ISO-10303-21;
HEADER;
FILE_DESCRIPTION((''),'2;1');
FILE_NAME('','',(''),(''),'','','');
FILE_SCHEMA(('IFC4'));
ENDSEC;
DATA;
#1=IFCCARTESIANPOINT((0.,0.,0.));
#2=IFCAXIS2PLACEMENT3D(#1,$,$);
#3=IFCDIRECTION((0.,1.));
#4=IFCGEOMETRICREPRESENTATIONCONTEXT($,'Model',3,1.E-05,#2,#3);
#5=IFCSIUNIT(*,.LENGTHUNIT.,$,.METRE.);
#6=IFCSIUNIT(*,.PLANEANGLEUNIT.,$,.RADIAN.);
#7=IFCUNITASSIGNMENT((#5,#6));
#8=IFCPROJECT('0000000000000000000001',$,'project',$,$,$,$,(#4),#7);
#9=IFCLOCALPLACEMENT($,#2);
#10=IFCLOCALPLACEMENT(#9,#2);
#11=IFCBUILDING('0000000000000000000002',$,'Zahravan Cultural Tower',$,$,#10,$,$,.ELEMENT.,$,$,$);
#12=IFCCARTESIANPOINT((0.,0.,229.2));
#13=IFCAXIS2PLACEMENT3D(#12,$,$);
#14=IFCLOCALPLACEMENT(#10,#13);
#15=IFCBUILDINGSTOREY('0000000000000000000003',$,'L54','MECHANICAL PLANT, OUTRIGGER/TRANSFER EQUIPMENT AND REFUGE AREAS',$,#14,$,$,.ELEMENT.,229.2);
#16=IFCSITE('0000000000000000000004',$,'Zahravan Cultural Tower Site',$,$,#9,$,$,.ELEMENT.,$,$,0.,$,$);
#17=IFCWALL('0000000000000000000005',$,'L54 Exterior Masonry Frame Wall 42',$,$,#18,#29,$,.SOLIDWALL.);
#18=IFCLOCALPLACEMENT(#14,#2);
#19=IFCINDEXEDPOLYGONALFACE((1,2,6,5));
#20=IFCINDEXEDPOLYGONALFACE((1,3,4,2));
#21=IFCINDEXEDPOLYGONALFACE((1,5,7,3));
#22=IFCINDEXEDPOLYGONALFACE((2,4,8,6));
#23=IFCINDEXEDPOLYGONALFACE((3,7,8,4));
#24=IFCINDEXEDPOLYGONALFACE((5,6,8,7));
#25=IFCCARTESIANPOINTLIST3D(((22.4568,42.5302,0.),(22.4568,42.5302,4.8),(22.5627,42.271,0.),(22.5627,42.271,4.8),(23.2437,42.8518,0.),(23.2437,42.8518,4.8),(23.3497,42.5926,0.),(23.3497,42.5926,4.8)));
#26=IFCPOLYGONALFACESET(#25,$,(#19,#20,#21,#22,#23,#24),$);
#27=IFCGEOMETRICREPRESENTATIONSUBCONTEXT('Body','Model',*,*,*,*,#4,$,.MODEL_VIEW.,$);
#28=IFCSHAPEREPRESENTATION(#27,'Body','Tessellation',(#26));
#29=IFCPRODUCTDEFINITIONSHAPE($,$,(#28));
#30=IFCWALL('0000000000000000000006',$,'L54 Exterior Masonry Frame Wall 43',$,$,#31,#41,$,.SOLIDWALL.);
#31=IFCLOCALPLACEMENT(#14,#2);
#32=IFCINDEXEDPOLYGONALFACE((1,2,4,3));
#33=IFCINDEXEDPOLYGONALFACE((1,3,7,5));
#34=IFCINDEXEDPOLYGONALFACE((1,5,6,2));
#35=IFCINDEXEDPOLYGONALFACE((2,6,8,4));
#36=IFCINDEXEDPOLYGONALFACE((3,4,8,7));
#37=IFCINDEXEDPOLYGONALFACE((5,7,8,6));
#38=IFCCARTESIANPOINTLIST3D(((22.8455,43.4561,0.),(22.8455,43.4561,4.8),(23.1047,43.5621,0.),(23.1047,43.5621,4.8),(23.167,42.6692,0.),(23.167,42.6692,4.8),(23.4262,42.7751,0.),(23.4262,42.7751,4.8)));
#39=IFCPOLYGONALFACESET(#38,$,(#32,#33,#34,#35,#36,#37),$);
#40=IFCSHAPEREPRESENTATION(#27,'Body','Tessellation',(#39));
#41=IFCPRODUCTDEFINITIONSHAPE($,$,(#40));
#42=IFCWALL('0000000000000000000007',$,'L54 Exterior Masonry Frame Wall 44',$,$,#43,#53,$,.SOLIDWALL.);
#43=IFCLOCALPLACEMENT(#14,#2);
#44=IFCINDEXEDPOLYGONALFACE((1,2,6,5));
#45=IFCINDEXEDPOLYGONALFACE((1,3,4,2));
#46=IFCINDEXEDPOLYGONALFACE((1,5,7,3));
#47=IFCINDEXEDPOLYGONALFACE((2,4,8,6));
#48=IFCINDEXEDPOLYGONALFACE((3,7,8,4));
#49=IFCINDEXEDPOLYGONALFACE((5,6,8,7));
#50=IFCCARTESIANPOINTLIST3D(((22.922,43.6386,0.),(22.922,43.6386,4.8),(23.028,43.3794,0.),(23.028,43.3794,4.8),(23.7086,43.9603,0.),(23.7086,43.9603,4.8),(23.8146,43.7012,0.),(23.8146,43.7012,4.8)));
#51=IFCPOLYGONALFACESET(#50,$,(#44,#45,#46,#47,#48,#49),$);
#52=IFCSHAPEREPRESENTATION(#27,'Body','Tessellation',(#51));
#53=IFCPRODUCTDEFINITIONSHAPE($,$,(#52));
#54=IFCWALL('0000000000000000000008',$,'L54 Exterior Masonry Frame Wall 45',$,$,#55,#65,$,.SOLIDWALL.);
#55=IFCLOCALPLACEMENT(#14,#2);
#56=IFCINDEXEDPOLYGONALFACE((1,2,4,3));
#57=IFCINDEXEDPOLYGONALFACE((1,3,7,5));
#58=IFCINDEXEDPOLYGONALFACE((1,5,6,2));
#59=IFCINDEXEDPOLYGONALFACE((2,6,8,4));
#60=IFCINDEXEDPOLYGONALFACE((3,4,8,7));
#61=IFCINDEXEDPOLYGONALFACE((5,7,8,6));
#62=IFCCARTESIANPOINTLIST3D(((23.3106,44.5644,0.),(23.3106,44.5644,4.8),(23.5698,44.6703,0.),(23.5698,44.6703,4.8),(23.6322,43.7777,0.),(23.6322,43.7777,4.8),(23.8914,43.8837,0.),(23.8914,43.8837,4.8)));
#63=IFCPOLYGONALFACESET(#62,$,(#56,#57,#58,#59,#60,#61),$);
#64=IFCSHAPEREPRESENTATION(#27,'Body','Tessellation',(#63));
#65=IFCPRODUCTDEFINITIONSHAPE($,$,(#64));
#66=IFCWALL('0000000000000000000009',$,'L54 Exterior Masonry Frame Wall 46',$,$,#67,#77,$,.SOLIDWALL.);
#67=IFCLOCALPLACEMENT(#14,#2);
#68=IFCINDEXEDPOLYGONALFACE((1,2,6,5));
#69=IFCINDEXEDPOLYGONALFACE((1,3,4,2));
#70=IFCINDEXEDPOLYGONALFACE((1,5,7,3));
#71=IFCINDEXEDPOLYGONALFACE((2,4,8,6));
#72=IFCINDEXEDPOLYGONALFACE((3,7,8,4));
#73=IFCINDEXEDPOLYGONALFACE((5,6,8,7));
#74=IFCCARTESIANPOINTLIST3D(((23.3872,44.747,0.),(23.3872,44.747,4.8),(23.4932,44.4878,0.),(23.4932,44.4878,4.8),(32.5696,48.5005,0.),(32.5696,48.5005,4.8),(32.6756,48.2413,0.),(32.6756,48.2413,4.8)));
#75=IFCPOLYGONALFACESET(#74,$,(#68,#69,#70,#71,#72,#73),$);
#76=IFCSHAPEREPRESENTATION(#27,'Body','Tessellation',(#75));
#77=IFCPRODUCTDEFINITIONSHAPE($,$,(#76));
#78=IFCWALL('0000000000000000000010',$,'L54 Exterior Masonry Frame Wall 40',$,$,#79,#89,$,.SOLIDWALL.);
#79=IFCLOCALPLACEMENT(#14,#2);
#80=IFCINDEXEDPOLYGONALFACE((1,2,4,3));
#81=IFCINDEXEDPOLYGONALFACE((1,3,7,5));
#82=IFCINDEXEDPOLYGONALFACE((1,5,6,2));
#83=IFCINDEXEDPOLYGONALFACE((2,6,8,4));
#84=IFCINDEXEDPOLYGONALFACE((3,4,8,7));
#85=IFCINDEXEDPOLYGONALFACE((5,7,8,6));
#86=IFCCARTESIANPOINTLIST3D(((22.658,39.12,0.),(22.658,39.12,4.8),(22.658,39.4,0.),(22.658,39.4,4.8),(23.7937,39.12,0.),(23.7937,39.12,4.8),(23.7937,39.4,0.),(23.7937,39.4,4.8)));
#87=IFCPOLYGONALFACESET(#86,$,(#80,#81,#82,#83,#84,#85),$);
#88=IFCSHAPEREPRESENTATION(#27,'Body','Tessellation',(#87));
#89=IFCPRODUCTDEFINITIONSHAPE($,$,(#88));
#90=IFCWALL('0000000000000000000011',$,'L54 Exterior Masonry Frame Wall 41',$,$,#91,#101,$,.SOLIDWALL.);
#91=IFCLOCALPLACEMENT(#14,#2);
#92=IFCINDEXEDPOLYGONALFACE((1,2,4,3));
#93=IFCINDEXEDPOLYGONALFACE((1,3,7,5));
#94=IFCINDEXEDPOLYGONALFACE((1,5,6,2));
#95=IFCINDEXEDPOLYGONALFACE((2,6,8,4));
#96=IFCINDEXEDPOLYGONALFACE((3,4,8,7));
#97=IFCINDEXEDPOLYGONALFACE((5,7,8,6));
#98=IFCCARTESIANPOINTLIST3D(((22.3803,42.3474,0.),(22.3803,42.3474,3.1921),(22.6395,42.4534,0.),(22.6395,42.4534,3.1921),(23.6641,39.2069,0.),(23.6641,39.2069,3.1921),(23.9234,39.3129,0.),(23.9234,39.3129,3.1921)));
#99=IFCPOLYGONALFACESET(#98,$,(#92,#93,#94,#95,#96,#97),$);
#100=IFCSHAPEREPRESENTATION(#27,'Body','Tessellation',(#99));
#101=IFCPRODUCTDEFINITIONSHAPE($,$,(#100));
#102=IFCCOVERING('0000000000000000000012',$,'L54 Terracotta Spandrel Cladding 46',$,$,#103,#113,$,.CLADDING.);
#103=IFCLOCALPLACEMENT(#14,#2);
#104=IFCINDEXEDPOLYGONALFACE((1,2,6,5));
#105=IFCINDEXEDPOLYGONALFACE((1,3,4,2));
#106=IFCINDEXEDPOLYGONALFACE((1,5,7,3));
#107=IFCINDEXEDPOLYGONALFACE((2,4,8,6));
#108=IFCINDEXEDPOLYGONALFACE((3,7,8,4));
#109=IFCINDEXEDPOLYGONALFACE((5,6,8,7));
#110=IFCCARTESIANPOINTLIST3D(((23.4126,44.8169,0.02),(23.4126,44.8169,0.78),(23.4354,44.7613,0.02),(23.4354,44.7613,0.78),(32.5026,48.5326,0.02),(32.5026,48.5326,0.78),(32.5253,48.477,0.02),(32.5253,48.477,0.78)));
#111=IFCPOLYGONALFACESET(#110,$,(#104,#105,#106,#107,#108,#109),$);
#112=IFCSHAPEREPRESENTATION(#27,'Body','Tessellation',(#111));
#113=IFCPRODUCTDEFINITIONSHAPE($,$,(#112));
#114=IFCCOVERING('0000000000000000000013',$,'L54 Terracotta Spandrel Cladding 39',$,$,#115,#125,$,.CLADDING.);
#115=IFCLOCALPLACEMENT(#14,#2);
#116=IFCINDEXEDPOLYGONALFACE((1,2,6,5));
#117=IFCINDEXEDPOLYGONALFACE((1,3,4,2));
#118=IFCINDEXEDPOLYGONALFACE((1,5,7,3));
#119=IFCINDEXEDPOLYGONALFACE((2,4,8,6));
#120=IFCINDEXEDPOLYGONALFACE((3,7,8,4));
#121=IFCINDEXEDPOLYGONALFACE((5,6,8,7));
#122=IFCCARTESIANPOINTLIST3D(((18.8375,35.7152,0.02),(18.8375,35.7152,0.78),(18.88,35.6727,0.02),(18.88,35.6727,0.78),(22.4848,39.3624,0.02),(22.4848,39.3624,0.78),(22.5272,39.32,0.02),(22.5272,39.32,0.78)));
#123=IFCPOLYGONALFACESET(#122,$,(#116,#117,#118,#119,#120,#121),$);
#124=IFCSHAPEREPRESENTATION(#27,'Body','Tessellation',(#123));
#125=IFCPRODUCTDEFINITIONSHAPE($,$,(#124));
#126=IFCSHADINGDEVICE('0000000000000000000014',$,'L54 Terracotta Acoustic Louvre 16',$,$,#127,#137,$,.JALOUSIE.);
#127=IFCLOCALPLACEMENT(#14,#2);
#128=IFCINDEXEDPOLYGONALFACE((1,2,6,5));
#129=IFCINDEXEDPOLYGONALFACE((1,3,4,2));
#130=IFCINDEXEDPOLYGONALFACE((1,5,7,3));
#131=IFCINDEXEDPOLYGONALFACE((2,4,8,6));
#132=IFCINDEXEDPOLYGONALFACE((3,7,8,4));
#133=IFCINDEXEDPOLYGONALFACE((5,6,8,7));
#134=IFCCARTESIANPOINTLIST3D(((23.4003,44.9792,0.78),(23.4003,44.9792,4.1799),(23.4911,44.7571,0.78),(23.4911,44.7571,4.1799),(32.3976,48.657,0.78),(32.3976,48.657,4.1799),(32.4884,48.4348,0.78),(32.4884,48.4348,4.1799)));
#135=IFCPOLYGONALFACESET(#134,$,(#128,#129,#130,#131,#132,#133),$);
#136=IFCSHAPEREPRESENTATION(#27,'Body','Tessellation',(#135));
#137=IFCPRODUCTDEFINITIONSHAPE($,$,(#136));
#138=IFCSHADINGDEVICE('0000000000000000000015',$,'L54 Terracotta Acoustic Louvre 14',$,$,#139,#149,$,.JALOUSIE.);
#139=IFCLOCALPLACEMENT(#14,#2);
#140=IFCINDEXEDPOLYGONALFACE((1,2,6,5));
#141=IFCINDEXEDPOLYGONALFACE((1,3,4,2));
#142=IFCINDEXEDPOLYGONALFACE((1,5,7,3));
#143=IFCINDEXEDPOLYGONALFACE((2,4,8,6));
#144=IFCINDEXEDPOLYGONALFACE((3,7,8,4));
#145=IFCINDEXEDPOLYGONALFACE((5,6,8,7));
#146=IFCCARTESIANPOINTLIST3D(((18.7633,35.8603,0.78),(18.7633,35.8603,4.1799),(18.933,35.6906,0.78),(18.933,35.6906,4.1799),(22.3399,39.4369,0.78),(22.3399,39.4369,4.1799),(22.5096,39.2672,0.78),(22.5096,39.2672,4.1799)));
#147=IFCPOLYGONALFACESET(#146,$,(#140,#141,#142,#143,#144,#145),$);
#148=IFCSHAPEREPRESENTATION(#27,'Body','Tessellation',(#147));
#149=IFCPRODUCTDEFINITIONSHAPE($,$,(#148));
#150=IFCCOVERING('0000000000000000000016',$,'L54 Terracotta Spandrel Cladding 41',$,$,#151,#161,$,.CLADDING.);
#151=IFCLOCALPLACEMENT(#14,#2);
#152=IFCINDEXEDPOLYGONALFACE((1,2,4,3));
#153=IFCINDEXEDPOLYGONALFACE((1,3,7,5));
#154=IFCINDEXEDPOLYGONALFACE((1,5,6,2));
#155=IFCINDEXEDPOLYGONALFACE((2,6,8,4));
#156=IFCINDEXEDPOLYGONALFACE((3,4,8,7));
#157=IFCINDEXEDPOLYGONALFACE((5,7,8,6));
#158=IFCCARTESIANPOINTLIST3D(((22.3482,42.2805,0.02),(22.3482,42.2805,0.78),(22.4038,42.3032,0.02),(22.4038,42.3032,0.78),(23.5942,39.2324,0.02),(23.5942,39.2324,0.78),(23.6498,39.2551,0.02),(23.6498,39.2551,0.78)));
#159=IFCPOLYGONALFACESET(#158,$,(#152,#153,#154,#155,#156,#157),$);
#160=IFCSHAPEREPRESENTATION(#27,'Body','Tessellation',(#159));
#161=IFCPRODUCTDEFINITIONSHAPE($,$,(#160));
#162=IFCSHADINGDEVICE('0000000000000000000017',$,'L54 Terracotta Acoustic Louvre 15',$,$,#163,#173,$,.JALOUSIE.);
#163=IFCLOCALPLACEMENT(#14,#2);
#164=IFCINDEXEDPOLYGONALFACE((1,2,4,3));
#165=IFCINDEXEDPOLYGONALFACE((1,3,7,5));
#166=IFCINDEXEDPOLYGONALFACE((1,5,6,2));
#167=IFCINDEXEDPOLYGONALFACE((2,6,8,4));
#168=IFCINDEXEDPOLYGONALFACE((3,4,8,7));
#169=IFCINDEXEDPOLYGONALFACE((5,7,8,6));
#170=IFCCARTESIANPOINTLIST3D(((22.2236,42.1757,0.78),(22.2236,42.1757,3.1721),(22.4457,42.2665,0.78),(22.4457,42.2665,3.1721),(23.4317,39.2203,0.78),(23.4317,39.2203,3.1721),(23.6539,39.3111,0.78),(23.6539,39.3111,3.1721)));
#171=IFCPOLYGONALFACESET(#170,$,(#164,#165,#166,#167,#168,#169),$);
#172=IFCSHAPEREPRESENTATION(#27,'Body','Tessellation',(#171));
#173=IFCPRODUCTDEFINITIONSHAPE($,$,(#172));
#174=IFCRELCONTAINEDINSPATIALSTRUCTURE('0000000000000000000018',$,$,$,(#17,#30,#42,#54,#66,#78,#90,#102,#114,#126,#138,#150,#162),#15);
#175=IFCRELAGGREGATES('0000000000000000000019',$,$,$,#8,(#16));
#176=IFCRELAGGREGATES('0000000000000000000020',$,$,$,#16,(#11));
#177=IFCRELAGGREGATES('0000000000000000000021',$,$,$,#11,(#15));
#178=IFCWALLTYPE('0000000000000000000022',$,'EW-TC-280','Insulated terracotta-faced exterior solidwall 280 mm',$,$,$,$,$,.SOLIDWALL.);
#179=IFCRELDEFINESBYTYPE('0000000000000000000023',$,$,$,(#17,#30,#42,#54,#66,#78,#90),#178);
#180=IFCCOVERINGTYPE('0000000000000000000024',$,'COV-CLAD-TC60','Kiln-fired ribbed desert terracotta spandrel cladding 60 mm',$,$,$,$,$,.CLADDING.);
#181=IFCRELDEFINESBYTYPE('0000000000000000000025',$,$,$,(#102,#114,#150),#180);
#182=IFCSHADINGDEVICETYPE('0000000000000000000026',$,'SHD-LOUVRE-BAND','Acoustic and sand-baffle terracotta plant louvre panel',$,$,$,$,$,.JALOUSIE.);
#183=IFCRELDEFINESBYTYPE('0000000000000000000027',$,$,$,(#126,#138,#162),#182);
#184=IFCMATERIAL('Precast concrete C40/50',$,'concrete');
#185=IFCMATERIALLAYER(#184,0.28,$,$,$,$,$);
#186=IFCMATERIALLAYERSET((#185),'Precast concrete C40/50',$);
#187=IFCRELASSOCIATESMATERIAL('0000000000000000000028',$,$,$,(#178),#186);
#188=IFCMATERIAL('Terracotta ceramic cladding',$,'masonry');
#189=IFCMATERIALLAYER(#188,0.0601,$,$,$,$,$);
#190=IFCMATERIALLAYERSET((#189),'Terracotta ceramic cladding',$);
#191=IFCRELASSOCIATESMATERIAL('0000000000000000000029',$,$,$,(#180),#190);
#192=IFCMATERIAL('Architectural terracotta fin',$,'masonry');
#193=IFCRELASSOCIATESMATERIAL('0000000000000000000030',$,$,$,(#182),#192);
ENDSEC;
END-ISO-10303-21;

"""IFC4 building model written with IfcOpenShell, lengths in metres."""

from ifc_helpers import new_model, si_unit, direction, frame, frame_2d, origin, origin_2d, place, context, subcontext, project, spatial, rectangle, extrude, source, transform, mapped, material, layer, layer_set, type_object, element, save


model = new_model("IFC4")

# Units and contexts
model_context = context("Model", 3, precision=1e-05, world=origin(), true_north=direction((0.0, 1.0)))
body_context = subcontext(model_context, "Body", "Model", "MODEL_VIEW")
ifc_project = project(units=[si_unit("LENGTHUNIT", "METRE"), si_unit("PLANEANGLEUNIT", "RADIAN")], contexts=[model_context])

# Site, building, storey
site_placement = place(None, origin())
site = spatial("IfcSite", under=ifc_project, at=site_placement, Name="Zahravan Cultural Tower Site", CompositionType="ELEMENT", RefElevation=0.0)
building_placement = place(site_placement, origin())
building = spatial("IfcBuilding", under=site, at=building_placement, Name="Zahravan Cultural Tower", CompositionType="ELEMENT")
storey_placement = place(building_placement, frame((0.0, 0.0, 229.2)))
storey = spatial("IfcBuildingStorey", under=building, at=storey_placement, Name="L54", Description="MECHANICAL PLANT, OUTRIGGER/TRANSFER EQUIPMENT AND REFUGE AREAS", CompositionType="ELEMENT", Elevation=229.2)

# Walls
ifc_material_1 = material(Name="Precast concrete C40/50", Category="concrete")
ifc_layer_1 = layer(ifc_material_1, 0.28)
ifc_layer_set_1 = layer_set([ifc_layer_1], Name="Precast concrete C40/50")
wall_type_1 = type_object("IfcWallType", Name="EW-TC-280", Description="Insulated terracotta-faced exterior solidwall 280 mm", PredefinedType="SOLIDWALL", material=ifc_layer_set_1)
shared_shape_1 = source(origin(), body_context, "Body", "SweptSolid", [
    extrude(rectangle(XDim=0.8501, YDim=0.28, at=frame_2d((0.425, 0.0))), origin(), (0.0, 0.0, 1.0), 4.8),
])
for number, where, z_axis, x_axis, name in (
    (1, (22.5098, 42.4006, 0.0), (0.0, 0.0, 1.0), (0.925698, 0.378264, 0.0), "L54 Exterior Masonry Frame Wall 42"),
    (2, (23.2966, 42.7222, 0.0), (0.0, 0.0, 1.0), (-0.378264, 0.925698, 0.0), "L54 Exterior Masonry Frame Wall 43"),
):
    element("IfcWall", number, at=place(storey_placement, frame(where, z_axis=z_axis, x_axis=x_axis)), inside=storey, type_object=wall_type_1, Name=name, PredefinedType="SOLIDWALL", context=body_context, shape_type="MappedRepresentation", body=[
        mapped(shared_shape_1, transform((0.0, 0.0, 0.0), x_axis=(1.0, 0.0, 0.0), y_axis=(0.0, 1.0, 0.0), z_axis=(0.0, 0.0, 1.0), scale=1.0)),
    ])
shared_shape_2 = source(origin(), body_context, "Body", "SweptSolid", [
    extrude(rectangle(XDim=0.8499, YDim=0.28, at=frame_2d((0.4248, 0.0))), origin(), (0.0, 0.0, 1.0), 4.8),
])
for number, where, z_axis, x_axis, name in (
    (3, (22.9751, 43.509, 0.0), (0.0, 0.0, 1.0), (0.925556, 0.37861, 0.0), "L54 Exterior Masonry Frame Wall 44"),
    (4, (23.7617, 43.8308, 0.0), (0.0, 0.0, 1.0), (-0.378364, 0.925657, 0.0), "L54 Exterior Masonry Frame Wall 45"),
):
    element("IfcWall", number, at=place(storey_placement, frame(where, z_axis=z_axis, x_axis=x_axis)), inside=storey, type_object=wall_type_1, Name=name, PredefinedType="SOLIDWALL", context=body_context, shape_type="MappedRepresentation", body=[
        mapped(shared_shape_2, transform((0.0, 0.0, 0.0), x_axis=(1.0, 0.0, 0.0), y_axis=(0.0, 1.0, 0.0), z_axis=(0.0, 0.0, 1.0), scale=1.0)),
    ])
shared_shape_3 = source(origin(), body_context, "Body", "SweptSolid", [
    extrude(rectangle(XDim=9.9199, YDim=0.28, at=frame_2d((4.96, 0.0))), origin(), (0.0, 0.0, 1.0), 4.8),
])
wall_1_placement = place(storey_placement, frame((23.4402, 44.6174, 0.0), z_axis=(0.0, 0.0, 1.0), x_axis=(0.925653, 0.378373, 0.0)))
element("IfcWall", 5, at=wall_1_placement, inside=storey, type_object=wall_type_1, Name="L54 Exterior Masonry Frame Wall 46", PredefinedType="SOLIDWALL", context=body_context, shape_type="MappedRepresentation", body=[
    mapped(shared_shape_3, transform((0.0, 0.0, 0.0), x_axis=(1.0, 0.0, 0.0), y_axis=(0.0, 1.0, 0.0), z_axis=(0.0, 0.0, 1.0), scale=1.0)),
])
shared_shape_4 = source(origin(), body_context, "Body", "SweptSolid", [
    extrude(rectangle(XDim=1.1357, YDim=0.28, at=frame_2d((0.5679, 0.0))), origin(), (0.0, 0.0, 1.0), 4.8),
])
wall_2_placement = place(storey_placement, frame((22.658, 39.26, 0.0), z_axis=(0.0, 0.0, 1.0), x_axis=(1.0, 0.0, 0.0)))
element("IfcWall", 6, at=wall_2_placement, inside=storey, type_object=wall_type_1, Name="L54 Exterior Masonry Frame Wall 40", PredefinedType="SOLIDWALL", context=body_context, shape_type="MappedRepresentation", body=[
    mapped(shared_shape_4, transform((0.0, 0.0, 0.0), x_axis=(1.0, 0.0, 0.0), y_axis=(0.0, 1.0, 0.0), z_axis=(0.0, 0.0, 1.0), scale=1.0)),
])
shared_shape_5 = source(origin(), body_context, "Body", "SweptSolid", [
    extrude(rectangle(XDim=3.3928, YDim=0.28, at=frame_2d((1.6963, 0.0))), origin(), (0.0, 0.0, 1.0), 3.1921),
])
wall_3_placement = place(storey_placement, frame((23.7937, 39.26, 0.0), z_axis=(0.0, 0.0, 1.0), x_axis=(-0.378414, 0.925636, 0.0)))
element("IfcWall", 7, at=wall_3_placement, inside=storey, type_object=wall_type_1, Name="L54 Exterior Masonry Frame Wall 41", PredefinedType="SOLIDWALL", context=body_context, shape_type="MappedRepresentation", body=[
    mapped(shared_shape_5, transform((0.0, 0.0, 0.0), x_axis=(1.0, 0.0, 0.0), y_axis=(0.0, 1.0, 0.0), z_axis=(0.0, 0.0, 1.0), scale=1.0)),
])

# Coverings
ifc_material_2 = material(Name="Terracotta ceramic cladding", Category="masonry")
ifc_layer_2 = layer(ifc_material_2, 0.0601)
ifc_layer_set_2 = layer_set([ifc_layer_2], Name="Terracotta ceramic cladding")
covering_type = type_object("IfcCoveringType", Name="COV-CLAD-TC60", Description="Kiln-fired ribbed desert terracotta spandrel cladding 60 mm", PredefinedType="CLADDING", material=ifc_layer_set_2)
shared_shape_6 = source(origin(), body_context, "Body", "SweptSolid", [
    extrude(rectangle(XDim=9.8201, YDim=0.0601, at=origin_2d()), origin(), (0.0, 0.0, 1.0), 0.76),
])
covering_1_placement = place(storey_placement, frame((27.969, 46.647, 0.02), z_axis=(0.0, 0.0, 1.0), x_axis=(0.925653, 0.378374, 0.0)))
element("IfcCovering", 8, at=covering_1_placement, inside=storey, type_object=covering_type, Name="L54 Terracotta Spandrel Cladding 46", PredefinedType="CLADDING", context=body_context, shape_type="MappedRepresentation", body=[
    mapped(shared_shape_6, transform((0.0, 0.0, 0.0), x_axis=(1.0, 0.0, 0.0), y_axis=(0.0, 1.0, 0.0), z_axis=(0.0, 0.0, 1.0), scale=1.0)),
])
shared_shape_7 = source(origin(), body_context, "Body", "SweptSolid", [
    extrude(rectangle(XDim=5.158, YDim=0.0601, at=origin_2d()), origin(), (0.0, 0.0, 1.0), 0.76),
])
covering_2_placement = place(storey_placement, frame((20.6824, 37.5176, 0.02), z_axis=(0.0, 0.0, 1.0), x_axis=(0.707107, 0.707107, 0.0)))
element("IfcCovering", 9, at=covering_2_placement, inside=storey, type_object=covering_type, Name="L54 Terracotta Spandrel Cladding 39", PredefinedType="CLADDING", context=body_context, shape_type="MappedRepresentation", body=[
    mapped(shared_shape_7, transform((0.0, 0.0, 0.0), x_axis=(1.0, 0.0, 0.0), y_axis=(0.0, 1.0, 0.0), z_axis=(0.0, 0.0, 1.0), scale=1.0)),
])

# Shading devices
ifc_material_3 = material(Name="Architectural terracotta fin", Category="masonry")
shading_device_type = type_object("IfcShadingDeviceType", Name="SHD-LOUVRE-BAND", Description="Acoustic and sand-baffle terracotta plant louvre panel", PredefinedType="JALOUSIE", material=ifc_material_3)
shared_shape_8 = source(origin(), body_context, "Body", "SweptSolid", [
    extrude(rectangle(XDim=9.72, YDim=0.24, at=origin_2d()), origin(), (0.0, 0.0, 1.0), 3.3999),
])
shading_device_1_placement = place(storey_placement, frame((27.9443, 46.707, 0.78), z_axis=(0.0, 0.0, 1.0), x_axis=(0.925653, 0.378374, 0.0)))
element("IfcShadingDevice", 10, at=shading_device_1_placement, inside=storey, type_object=shading_device_type, Name="L54 Terracotta Acoustic Louvre 16", PredefinedType="JALOUSIE", context=body_context, shape_type="MappedRepresentation", body=[
    mapped(shared_shape_8, transform((0.0, 0.0, 0.0), x_axis=(1.0, 0.0, 0.0), y_axis=(0.0, 1.0, 0.0), z_axis=(0.0, 0.0, 1.0), scale=1.0)),
])
shared_shape_9 = source(origin(), body_context, "Body", "SweptSolid", [
    extrude(rectangle(XDim=5.0581, YDim=0.24, at=origin_2d()), origin(), (0.0, 0.0, 1.0), 3.3999),
])
shading_device_2_placement = place(storey_placement, frame((20.6365, 37.5637, 0.78), z_axis=(0.0, 0.0, 1.0), x_axis=(0.707107, 0.707107, 0.0)))
element("IfcShadingDevice", 11, at=shading_device_2_placement, inside=storey, type_object=shading_device_type, Name="L54 Terracotta Acoustic Louvre 14", PredefinedType="JALOUSIE", context=body_context, shape_type="MappedRepresentation", body=[
    mapped(shared_shape_9, transform((0.0, 0.0, 0.0), x_axis=(1.0, 0.0, 0.0), y_axis=(0.0, 1.0, 0.0), z_axis=(0.0, 0.0, 1.0), scale=1.0)),
])

# Covering
shared_shape_10 = source(origin(), body_context, "Body", "SweptSolid", [
    extrude(rectangle(XDim=3.293, YDim=0.0601, at=origin_2d()), origin(), (0.0, 0.0, 1.0), 0.76),
])
covering_3_placement = place(storey_placement, frame((22.999, 40.7678, 0.02), z_axis=(0.0, 0.0, 1.0), x_axis=(-0.37839, 0.925646, 0.0)))
element("IfcCovering", 12, at=covering_3_placement, inside=storey, type_object=covering_type, Name="L54 Terracotta Spandrel Cladding 41", PredefinedType="CLADDING", context=body_context, shape_type="MappedRepresentation", body=[
    mapped(shared_shape_10, transform((0.0, 0.0, 0.0), x_axis=(1.0, 0.0, 0.0), y_axis=(0.0, 1.0, 0.0), z_axis=(0.0, 0.0, 1.0), scale=1.0)),
])

# Shading device
shared_shape_11 = source(origin(), body_context, "Body", "SweptSolid", [
    extrude(rectangle(XDim=3.1929, YDim=0.24, at=origin_2d()), origin(), (0.0, 0.0, 1.0), 2.3921),
])
shading_device_3_placement = place(storey_placement, frame((22.9387, 40.7434, 0.78), z_axis=(0.0, 0.0, 1.0), x_axis=(-0.37839, 0.925646, 0.0)))
element("IfcShadingDevice", 13, at=shading_device_3_placement, inside=storey, type_object=shading_device_type, Name="L54 Terracotta Acoustic Louvre 15", PredefinedType="JALOUSIE", context=body_context, shape_type="MappedRepresentation", body=[
    mapped(shared_shape_11, transform((0.0, 0.0, 0.0), x_axis=(1.0, 0.0, 0.0), y_axis=(0.0, 1.0, 0.0), z_axis=(0.0, 0.0, 1.0), scale=1.0)),
])

save(model, "model.ifc")
